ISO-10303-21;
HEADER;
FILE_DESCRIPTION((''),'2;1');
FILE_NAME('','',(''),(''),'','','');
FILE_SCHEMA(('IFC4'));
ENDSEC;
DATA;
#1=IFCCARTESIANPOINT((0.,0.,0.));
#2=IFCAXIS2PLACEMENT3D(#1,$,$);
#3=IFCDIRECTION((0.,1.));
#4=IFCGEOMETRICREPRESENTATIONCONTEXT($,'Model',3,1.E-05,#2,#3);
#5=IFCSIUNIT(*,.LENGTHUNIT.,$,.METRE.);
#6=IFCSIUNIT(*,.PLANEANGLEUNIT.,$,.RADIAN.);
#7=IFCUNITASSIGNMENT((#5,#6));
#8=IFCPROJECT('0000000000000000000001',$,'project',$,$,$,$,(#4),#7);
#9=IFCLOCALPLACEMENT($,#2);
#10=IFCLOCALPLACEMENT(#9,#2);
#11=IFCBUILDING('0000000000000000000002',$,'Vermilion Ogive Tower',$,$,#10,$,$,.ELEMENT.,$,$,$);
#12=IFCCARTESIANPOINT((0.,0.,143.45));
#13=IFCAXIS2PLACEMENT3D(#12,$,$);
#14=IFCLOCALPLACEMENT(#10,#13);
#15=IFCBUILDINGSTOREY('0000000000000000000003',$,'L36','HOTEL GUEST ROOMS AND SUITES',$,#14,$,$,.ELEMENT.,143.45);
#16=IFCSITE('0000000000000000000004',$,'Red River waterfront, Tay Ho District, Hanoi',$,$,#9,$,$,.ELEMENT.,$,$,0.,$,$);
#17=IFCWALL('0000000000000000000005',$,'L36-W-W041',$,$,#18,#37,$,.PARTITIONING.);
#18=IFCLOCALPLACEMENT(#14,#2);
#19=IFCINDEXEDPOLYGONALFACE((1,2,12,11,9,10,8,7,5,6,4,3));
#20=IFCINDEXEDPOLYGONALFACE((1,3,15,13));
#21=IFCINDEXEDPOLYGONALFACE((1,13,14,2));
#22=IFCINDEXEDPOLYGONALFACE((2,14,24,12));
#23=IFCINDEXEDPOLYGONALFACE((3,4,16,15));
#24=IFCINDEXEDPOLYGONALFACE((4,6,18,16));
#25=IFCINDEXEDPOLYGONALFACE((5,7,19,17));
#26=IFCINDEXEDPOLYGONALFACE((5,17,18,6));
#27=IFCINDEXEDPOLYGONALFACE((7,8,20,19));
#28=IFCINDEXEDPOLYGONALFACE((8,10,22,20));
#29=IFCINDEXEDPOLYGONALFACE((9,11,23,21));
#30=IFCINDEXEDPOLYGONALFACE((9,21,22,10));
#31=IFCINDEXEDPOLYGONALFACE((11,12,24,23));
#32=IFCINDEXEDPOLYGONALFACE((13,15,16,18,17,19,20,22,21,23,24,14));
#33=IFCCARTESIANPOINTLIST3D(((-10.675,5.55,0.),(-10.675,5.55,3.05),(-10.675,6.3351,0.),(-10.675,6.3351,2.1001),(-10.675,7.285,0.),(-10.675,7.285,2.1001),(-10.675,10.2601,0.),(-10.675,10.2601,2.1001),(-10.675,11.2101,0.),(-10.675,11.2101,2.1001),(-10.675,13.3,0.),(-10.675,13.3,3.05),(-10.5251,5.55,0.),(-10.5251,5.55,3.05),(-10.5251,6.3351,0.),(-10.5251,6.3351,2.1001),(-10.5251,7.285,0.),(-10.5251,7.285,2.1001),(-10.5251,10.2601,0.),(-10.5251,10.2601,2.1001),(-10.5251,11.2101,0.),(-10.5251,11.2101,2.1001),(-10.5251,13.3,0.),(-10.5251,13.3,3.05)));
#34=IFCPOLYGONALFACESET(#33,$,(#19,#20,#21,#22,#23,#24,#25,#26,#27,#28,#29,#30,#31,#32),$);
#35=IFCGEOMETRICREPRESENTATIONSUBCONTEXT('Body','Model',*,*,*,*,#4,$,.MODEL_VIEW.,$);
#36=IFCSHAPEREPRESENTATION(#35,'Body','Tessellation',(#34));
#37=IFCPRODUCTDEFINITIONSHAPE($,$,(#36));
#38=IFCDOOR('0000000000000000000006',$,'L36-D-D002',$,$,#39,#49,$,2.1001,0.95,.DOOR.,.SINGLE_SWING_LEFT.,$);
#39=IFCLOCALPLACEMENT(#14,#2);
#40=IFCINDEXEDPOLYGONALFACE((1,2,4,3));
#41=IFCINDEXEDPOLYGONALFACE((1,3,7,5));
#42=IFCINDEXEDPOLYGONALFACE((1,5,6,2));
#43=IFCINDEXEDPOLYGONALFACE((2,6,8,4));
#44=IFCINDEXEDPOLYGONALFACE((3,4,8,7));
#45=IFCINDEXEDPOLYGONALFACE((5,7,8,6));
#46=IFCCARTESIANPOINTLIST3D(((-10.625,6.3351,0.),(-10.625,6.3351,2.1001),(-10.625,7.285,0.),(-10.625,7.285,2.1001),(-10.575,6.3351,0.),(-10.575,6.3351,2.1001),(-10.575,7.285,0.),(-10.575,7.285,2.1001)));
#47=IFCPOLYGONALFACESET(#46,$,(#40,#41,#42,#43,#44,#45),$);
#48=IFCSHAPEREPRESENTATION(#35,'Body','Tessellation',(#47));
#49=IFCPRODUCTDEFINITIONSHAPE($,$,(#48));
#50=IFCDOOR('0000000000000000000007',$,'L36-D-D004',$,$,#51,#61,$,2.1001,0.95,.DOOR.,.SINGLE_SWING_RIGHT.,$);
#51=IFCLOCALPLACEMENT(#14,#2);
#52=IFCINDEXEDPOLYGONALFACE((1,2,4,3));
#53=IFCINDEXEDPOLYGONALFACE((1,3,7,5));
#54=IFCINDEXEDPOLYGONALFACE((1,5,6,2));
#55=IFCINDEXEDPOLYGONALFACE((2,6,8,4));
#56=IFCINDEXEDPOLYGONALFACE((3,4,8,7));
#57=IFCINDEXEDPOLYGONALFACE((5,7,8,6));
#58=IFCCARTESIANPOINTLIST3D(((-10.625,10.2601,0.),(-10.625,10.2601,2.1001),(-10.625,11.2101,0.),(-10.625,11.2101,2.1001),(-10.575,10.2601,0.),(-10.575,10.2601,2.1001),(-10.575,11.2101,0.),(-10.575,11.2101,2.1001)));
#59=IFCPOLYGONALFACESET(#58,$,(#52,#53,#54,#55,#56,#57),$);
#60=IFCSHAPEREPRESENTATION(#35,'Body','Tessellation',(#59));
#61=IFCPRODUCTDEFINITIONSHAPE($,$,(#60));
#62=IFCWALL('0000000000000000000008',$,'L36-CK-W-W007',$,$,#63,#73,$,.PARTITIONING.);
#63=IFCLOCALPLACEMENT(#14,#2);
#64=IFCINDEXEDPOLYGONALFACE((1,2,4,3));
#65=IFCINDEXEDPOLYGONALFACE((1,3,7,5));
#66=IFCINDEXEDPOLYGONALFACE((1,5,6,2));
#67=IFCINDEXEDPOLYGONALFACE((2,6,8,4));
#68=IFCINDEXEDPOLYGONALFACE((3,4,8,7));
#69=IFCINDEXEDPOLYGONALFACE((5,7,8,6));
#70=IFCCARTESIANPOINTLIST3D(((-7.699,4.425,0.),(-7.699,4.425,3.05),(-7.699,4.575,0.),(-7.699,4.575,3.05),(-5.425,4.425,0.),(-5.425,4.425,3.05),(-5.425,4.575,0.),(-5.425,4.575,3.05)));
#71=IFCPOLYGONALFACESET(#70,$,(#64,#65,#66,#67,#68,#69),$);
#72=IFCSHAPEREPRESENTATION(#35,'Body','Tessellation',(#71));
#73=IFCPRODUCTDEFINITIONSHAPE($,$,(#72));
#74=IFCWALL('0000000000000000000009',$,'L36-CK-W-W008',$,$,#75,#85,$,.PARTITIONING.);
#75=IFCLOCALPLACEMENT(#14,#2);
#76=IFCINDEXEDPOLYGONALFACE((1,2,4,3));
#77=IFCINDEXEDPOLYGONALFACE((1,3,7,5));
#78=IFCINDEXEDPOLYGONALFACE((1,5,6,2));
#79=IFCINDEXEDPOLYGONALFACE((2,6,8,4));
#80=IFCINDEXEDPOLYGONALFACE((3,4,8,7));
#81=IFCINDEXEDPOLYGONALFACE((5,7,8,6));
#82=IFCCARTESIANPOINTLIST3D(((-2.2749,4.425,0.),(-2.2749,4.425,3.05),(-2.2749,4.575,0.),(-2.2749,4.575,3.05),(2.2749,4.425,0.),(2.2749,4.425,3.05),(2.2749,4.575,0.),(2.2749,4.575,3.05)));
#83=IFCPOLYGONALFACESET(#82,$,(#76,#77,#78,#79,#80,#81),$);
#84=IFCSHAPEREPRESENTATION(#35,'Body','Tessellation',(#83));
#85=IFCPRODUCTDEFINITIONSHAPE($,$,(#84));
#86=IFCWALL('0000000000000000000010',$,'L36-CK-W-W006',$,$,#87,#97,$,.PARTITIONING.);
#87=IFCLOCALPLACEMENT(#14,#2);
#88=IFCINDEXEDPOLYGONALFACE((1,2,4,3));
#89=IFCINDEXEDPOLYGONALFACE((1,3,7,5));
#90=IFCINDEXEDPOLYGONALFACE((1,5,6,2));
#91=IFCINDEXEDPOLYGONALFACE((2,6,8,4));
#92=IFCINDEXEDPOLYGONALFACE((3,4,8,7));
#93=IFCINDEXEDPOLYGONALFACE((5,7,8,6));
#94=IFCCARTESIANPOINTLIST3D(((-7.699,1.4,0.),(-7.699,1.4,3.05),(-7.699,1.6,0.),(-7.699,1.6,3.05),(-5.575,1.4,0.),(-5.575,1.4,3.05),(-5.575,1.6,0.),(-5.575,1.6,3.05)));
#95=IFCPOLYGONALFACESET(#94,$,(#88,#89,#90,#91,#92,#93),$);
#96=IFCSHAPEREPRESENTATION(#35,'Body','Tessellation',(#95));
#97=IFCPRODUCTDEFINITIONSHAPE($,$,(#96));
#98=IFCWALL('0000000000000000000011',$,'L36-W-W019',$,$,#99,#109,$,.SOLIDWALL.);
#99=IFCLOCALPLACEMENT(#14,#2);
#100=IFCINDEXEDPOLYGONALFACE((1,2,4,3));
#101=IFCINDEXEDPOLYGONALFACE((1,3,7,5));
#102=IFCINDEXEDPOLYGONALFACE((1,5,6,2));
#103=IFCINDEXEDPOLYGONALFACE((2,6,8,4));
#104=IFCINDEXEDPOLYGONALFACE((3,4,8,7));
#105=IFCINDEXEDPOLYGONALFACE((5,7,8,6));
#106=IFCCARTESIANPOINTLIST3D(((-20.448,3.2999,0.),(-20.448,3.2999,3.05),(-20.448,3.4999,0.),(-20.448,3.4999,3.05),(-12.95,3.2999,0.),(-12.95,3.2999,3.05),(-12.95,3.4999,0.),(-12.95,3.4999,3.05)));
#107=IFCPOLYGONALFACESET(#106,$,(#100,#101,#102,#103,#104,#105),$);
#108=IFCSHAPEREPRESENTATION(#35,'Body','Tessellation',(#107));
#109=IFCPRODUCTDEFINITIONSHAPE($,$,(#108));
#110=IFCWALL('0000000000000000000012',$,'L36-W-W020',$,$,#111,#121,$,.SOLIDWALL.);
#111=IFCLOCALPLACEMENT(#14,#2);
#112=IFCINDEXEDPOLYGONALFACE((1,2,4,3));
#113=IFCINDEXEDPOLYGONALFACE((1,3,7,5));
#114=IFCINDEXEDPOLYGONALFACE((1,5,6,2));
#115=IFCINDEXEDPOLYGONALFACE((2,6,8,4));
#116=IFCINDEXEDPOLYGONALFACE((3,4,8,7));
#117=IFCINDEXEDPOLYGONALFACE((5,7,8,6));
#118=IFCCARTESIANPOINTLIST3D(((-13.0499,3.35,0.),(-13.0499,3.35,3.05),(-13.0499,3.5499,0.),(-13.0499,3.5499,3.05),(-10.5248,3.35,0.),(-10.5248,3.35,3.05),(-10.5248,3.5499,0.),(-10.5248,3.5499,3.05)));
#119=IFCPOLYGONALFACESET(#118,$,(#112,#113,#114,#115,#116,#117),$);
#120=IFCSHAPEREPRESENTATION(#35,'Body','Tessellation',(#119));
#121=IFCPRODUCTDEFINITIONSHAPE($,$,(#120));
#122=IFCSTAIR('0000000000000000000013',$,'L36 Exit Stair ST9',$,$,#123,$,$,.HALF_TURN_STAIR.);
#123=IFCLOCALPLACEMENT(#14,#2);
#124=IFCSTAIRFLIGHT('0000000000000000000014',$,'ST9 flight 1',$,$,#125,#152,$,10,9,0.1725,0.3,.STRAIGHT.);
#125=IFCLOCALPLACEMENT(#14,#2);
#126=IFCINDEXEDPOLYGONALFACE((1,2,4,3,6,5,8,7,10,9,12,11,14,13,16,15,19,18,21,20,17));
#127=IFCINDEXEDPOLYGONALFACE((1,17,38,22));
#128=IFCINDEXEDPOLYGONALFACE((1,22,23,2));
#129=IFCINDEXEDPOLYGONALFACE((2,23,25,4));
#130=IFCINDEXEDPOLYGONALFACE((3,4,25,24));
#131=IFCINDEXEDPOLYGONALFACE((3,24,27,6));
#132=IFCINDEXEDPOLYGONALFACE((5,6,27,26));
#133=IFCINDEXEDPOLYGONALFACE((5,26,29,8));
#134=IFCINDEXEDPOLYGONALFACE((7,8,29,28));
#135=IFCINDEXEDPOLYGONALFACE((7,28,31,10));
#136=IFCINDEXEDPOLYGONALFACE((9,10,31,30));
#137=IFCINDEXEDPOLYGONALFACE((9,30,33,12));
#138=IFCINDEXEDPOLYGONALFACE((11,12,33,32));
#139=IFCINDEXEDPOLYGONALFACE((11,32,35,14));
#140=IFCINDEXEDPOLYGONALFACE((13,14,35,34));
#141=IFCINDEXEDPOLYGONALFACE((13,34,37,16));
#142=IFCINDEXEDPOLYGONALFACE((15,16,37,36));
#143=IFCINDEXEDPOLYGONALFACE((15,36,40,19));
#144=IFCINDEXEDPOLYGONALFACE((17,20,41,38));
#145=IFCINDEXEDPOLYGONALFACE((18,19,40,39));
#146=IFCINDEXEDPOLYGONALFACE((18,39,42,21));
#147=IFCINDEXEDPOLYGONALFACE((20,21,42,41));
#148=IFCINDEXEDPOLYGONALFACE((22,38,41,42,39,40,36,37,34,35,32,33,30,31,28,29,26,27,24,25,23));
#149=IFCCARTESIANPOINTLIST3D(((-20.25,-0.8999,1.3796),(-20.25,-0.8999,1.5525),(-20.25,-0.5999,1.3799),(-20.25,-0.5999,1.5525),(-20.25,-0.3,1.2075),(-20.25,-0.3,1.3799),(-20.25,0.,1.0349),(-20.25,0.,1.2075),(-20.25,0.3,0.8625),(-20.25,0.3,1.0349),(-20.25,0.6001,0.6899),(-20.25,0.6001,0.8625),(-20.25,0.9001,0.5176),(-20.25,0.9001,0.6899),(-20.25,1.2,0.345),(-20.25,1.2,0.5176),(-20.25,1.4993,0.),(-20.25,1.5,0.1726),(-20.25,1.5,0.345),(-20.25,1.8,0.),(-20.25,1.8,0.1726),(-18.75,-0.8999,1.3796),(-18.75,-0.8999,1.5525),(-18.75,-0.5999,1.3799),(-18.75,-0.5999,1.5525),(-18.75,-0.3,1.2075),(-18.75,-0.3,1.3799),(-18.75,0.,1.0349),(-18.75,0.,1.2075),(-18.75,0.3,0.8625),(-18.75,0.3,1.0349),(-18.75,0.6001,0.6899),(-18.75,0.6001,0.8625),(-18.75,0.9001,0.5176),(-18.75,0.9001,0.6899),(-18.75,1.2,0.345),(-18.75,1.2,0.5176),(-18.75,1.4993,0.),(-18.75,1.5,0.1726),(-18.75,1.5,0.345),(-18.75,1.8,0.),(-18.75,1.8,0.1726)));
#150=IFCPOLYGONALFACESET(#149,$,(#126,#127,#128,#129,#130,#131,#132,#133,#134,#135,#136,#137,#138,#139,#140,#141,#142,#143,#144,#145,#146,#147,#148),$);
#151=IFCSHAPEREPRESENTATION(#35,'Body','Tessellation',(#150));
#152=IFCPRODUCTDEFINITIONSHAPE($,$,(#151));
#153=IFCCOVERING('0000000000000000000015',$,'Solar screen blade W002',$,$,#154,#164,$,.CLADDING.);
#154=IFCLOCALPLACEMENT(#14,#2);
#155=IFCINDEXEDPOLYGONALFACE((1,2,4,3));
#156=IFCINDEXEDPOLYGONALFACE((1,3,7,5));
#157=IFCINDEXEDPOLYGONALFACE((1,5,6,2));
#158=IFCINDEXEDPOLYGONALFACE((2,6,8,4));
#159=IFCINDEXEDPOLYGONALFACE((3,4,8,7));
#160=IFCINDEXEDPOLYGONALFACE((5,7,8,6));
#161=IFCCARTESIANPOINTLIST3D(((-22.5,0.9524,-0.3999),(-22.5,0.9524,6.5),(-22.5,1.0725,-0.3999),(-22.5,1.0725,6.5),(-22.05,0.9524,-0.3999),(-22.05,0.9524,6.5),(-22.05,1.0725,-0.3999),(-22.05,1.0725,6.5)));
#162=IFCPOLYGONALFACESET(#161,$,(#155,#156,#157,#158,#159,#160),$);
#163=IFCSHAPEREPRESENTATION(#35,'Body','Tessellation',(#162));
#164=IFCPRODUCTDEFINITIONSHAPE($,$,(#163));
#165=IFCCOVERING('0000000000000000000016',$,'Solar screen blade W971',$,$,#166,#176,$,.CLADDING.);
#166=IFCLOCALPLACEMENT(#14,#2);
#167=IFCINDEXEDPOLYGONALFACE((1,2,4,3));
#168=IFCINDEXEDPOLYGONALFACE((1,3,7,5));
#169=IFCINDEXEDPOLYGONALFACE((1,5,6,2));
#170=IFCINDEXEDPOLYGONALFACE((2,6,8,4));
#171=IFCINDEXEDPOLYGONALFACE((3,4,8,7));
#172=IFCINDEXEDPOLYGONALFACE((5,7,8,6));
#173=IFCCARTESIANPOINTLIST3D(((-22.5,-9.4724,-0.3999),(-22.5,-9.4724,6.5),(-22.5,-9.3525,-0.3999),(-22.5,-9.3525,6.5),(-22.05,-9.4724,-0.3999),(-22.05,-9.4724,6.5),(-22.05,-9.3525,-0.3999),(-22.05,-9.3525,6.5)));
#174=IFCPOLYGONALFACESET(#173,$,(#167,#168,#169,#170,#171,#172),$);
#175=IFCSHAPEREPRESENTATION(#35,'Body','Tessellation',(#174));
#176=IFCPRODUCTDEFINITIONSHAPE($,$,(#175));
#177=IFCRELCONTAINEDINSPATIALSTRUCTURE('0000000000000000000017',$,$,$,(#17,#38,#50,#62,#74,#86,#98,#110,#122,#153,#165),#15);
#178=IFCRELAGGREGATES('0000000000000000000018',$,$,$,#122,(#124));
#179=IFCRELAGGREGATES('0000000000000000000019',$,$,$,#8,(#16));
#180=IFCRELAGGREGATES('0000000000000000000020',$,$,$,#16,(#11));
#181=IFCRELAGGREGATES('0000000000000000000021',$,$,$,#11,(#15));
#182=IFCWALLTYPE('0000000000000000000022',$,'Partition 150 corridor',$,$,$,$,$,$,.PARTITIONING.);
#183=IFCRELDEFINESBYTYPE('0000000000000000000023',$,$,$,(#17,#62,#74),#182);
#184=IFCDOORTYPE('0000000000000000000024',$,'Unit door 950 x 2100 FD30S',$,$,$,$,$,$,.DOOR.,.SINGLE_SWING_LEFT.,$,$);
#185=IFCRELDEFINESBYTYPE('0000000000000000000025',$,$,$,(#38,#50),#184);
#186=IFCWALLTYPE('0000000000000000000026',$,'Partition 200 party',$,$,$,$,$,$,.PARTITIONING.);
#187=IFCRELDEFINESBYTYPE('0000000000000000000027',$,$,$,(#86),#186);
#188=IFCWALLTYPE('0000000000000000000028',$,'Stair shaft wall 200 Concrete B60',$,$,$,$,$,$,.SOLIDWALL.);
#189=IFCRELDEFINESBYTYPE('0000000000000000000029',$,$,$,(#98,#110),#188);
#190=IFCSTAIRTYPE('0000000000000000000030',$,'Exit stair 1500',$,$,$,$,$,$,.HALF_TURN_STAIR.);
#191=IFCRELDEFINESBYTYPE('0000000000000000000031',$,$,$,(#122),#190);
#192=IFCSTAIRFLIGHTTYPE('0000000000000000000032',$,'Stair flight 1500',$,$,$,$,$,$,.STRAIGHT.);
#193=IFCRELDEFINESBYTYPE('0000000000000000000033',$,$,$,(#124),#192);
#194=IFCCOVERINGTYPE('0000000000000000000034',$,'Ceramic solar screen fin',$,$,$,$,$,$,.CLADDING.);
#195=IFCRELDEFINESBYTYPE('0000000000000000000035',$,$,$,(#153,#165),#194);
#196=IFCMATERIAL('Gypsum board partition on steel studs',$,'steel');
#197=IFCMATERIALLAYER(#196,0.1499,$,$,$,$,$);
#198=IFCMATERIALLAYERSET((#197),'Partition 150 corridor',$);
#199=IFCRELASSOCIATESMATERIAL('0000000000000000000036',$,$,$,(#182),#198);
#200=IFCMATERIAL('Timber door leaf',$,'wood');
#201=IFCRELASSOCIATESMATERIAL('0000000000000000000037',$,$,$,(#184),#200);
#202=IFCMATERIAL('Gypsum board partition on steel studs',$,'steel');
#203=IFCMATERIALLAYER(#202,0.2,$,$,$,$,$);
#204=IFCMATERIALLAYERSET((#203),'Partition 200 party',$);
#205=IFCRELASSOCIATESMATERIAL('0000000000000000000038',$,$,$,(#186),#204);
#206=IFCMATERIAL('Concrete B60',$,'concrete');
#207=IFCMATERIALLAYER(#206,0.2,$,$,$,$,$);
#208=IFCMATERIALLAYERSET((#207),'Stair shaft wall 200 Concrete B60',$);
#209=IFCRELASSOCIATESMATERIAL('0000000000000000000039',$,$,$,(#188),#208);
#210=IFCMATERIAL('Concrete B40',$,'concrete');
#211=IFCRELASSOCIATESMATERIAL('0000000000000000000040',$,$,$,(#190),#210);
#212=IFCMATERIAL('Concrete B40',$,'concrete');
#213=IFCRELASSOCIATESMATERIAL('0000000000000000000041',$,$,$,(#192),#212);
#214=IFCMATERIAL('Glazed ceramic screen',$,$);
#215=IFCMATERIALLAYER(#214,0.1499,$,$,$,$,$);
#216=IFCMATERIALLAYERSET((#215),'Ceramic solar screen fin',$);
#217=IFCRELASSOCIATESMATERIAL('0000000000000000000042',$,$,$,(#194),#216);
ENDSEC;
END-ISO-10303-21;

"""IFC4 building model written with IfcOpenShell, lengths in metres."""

from ifc_helpers import new_model, si_unit, direction, frame, frame_2d, origin, place, context, subcontext, project, spatial, polyline, rectangle, outline, extrude, material, layer, layer_set, type_object, element, fill, aggregate, save


model = new_model("IFC4")

# Units and contexts
model_context = context("Model", 3, precision=1e-05, world=origin(), true_north=direction((0.0, 1.0)))
body_context = subcontext(model_context, "Body", "Model", "MODEL_VIEW")
ifc_project = project(units=[si_unit("LENGTHUNIT", "METRE"), si_unit("PLANEANGLEUNIT", "RADIAN")], contexts=[model_context])

# Site, building, storey
site_placement = place(None, origin())
site = spatial("IfcSite", under=ifc_project, at=site_placement, Name="Red River waterfront, Tay Ho District, Hanoi", CompositionType="ELEMENT", RefElevation=0.0)
building_placement = place(site_placement, origin())
building = spatial("IfcBuilding", under=site, at=building_placement, Name="Vermilion Ogive Tower", CompositionType="ELEMENT")
storey_placement = place(building_placement, frame((0.0, 0.0, 143.45)))
storey = spatial("IfcBuildingStorey", under=building, at=storey_placement, Name="L36", Description="HOTEL GUEST ROOMS AND SUITES", CompositionType="ELEMENT", Elevation=143.45)

# Wall, openings, doors
ifc_material_1 = material(Name="Gypsum board partition on steel studs", Category="steel")
ifc_layer_1 = layer(ifc_material_1, 0.1499)
ifc_layer_set_1 = layer_set([ifc_layer_1], Name="Partition 150 corridor")
wall_type_1 = type_object("IfcWallType", Name="Partition 150 corridor", PredefinedType="PARTITIONING", material=ifc_layer_set_1)
wall_1_placement = place(storey_placement, frame((-10.6001, 5.55, 0.0), z_axis=(0.0, 0.0, 1.0), x_axis=(0.0, 1.0, 0.0)))
wall_1 = element("IfcWall", 1, at=wall_1_placement, inside=storey, type_object=wall_type_1, Name="L36-W-W041", PredefinedType="PARTITIONING", context=body_context, shape_type="SweptSolid", body=[
    extrude(rectangle(XDim=7.75, YDim=0.1499, at=frame_2d((3.875, 0.0))), origin(), (0.0, 0.0, 1.0), 3.05),
])
opening_1_placement = place(wall_1_placement, frame((0.7849, 0.0, 0.0)))
opening_1 = element("IfcOpeningElement", 2, at=opening_1_placement, cuts=wall_1, PredefinedType="OPENING", context=body_context, shape_type="SweptSolid", body=[
    extrude(rectangle(XDim=0.95, YDim=2.1001, at=frame_2d((0.4751, 1.05))), frame((0.0, 0.085, 0.0), z_axis=(0.0, -1.0, 0.0), x_axis=(1.0, 0.0, 0.0)), (0.0, 0.0, 1.0), 0.1699),
])
opening_2_placement = place(wall_1_placement, frame((4.71, 0.0, 0.0)))
opening_2 = element("IfcOpeningElement", 3, at=opening_2_placement, cuts=wall_1, PredefinedType="OPENING", context=body_context, shape_type="SweptSolid", body=[
    extrude(rectangle(XDim=0.95, YDim=2.1001, at=frame_2d((0.4751, 1.05))), frame((0.0, 0.085, 0.0), z_axis=(0.0, -1.0, 0.0), x_axis=(1.0, 0.0, 0.0)), (0.0, 0.0, 1.0), 0.1699),
])
ifc_material_2 = material(Name="Timber door leaf", Category="wood")
door_type_1 = type_object("IfcDoorType", Name="Unit door 950 x 2100 FD30S", OperationType="SINGLE_SWING_LEFT", PredefinedType="DOOR", material=ifc_material_2)
door_1_placement = place(opening_1_placement, origin())
door_1 = element("IfcDoor", 4, at=door_1_placement, inside=storey, type_object=door_type_1, Name="L36-D-D002", OperationType="SINGLE_SWING_LEFT", OverallHeight=2.1001, OverallWidth=0.95, PredefinedType="DOOR", context=body_context, shape_type="SweptSolid", body=[
    extrude(rectangle(XDim=0.95, YDim=2.1001, at=frame_2d((0.4751, 1.05))), frame((0.0, 0.0249, 0.0), z_axis=(0.0, -1.0, 0.0), x_axis=(1.0, 0.0, 0.0)), (0.0, 0.0, 1.0), 0.05),
])
fill(opening_1, door_1)
door_2_placement = place(opening_2_placement, origin())
door_2 = element("IfcDoor", 5, at=door_2_placement, inside=storey, type_object=door_type_1, Name="L36-D-D004", OperationType="SINGLE_SWING_RIGHT", OverallHeight=2.1001, OverallWidth=0.95, PredefinedType="DOOR", context=body_context, shape_type="SweptSolid", body=[
    extrude(rectangle(XDim=0.95, YDim=2.1001, at=frame_2d((0.4751, 1.05))), frame((0.0, 0.0249, 0.0), z_axis=(0.0, -1.0, 0.0), x_axis=(1.0, 0.0, 0.0)), (0.0, 0.0, 1.0), 0.05),
])
fill(opening_2, door_2)

# Walls
wall_2_placement = place(storey_placement, frame((-7.699, 4.5, 0.0), z_axis=(0.0, 0.0, 1.0), x_axis=(1.0, 0.0, 0.0)))
element("IfcWall", 6, at=wall_2_placement, inside=storey, type_object=wall_type_1, Name="L36-CK-W-W007", PredefinedType="PARTITIONING", context=body_context, shape_type="SweptSolid", body=[
    extrude(rectangle(XDim=2.2739, YDim=0.1499, at=frame_2d((1.137, 0.0))), origin(), (0.0, 0.0, 1.0), 3.05),
])
wall_3_placement = place(storey_placement, frame((-2.2749, 4.5, 0.0), z_axis=(0.0, 0.0, 1.0), x_axis=(1.0, 0.0, 0.0)))
element("IfcWall", 7, at=wall_3_placement, inside=storey, type_object=wall_type_1, Name="L36-CK-W-W008", PredefinedType="PARTITIONING", context=body_context, shape_type="SweptSolid", body=[
    extrude(rectangle(XDim=4.5498, YDim=0.1499, at=frame_2d((2.2749, 0.0))), origin(), (0.0, 0.0, 1.0), 3.05),
])
ifc_material_3 = material(Name="Gypsum board partition on steel studs", Category="steel")
ifc_layer_2 = layer(ifc_material_3, 0.2)
ifc_layer_set_2 = layer_set([ifc_layer_2], Name="Partition 200 party")
wall_type_2 = type_object("IfcWallType", Name="Partition 200 party", PredefinedType="PARTITIONING", material=ifc_layer_set_2)
wall_4_placement = place(storey_placement, frame((-7.699, 1.5, 0.0), z_axis=(0.0, 0.0, 1.0), x_axis=(1.0, 0.0, 0.0)))
element("IfcWall", 8, at=wall_4_placement, inside=storey, type_object=wall_type_2, Name="L36-CK-W-W006", PredefinedType="PARTITIONING", context=body_context, shape_type="SweptSolid", body=[
    extrude(rectangle(XDim=2.124, YDim=0.2, at=frame_2d((1.062, 0.0))), origin(), (0.0, 0.0, 1.0), 3.05),
])
ifc_material_4 = material(Name="Concrete B60", Category="concrete")
ifc_layer_3 = layer(ifc_material_4, 0.2)
ifc_layer_set_3 = layer_set([ifc_layer_3], Name="Stair shaft wall 200 Concrete B60")
wall_type_3 = type_object("IfcWallType", Name="Stair shaft wall 200 Concrete B60", PredefinedType="SOLIDWALL", material=ifc_layer_set_3)
wall_5_placement = place(storey_placement, frame((-20.448, 3.3999, 0.0), z_axis=(0.0, 0.0, 1.0), x_axis=(1.0, 0.0, 0.0)))
element("IfcWall", 9, at=wall_5_placement, inside=storey, type_object=wall_type_3, Name="L36-W-W019", PredefinedType="SOLIDWALL", context=body_context, shape_type="SweptSolid", body=[
    extrude(rectangle(XDim=7.498, YDim=0.2, at=frame_2d((3.749, 0.0))), origin(), (0.0, 0.0, 1.0), 3.05),
])
wall_6_placement = place(storey_placement, frame((-13.05, 3.45, 0.0), z_axis=(0.0, 0.0, 1.0), x_axis=(1.0, 0.0, 0.0)))
element("IfcWall", 10, at=wall_6_placement, inside=storey, type_object=wall_type_3, Name="L36-W-W020", PredefinedType="SOLIDWALL", context=body_context, shape_type="SweptSolid", body=[
    extrude(rectangle(XDim=2.5251, YDim=0.2, at=frame_2d((1.2627, 0.0))), origin(), (0.0, 0.0, 1.0), 3.05),
])

# Stair, stair flight
ifc_material_5 = material(Name="Concrete B40", Category="concrete")
stair_type = type_object("IfcStairType", Name="Exit stair 1500", PredefinedType="HALF_TURN_STAIR", material=ifc_material_5)
stair_placement = place(storey_placement, origin())
stair = element("IfcStair", 11, at=stair_placement, inside=storey, type_object=stair_type, Name="L36 Exit Stair ST9", PredefinedType="HALF_TURN_STAIR")
ifc_material_6 = material(Name="Concrete B40", Category="concrete")
stair_flight_type = type_object("IfcStairFlightType", Name="Stair flight 1500", PredefinedType="STRAIGHT", material=ifc_material_6)
stair_flight_placement = place(storey_placement, frame((-19.5, 1.8, 0.0), z_axis=(0.0, 0.0, 1.0), x_axis=(0.0, -1.0, 0.0)))
stair_flight = element("IfcStairFlight", 12, at=stair_flight_placement, type_object=stair_flight_type, Name="ST9 flight 1", NumberOfRisers=10, NumberOfTreads=9, PredefinedType="STRAIGHT", RiserHeight=0.1725, TreadLength=0.3, context=body_context, shape_type="SweptSolid", body=[
    extrude(outline(polyline([(0.0, 0.0), (0.0, 0.1726), (0.3, 0.1726), (0.3, 0.345), (0.6001, 0.345), (0.6001, 0.5176), (0.8999, 0.5176), (0.8999, 0.6899), (1.2, 0.6899), (1.2, 0.8625), (1.5, 0.8625), (1.5, 1.0349), (1.8, 1.0349), (1.8, 1.2075), (2.1001, 1.2075), (2.1001, 1.3799), (2.3999, 1.3799), (2.3999, 1.5525), (2.7, 1.5525), (2.7, 1.7251), (2.7, 1.3796), (0.3008, 0.0), (0.0, 0.0)])), frame((0.0, 0.75, 0.0), z_axis=(0.0, -1.0, 0.0), x_axis=(1.0, 0.0, 0.0)), (0.0, 0.0, 1.0), 1.5),
])
aggregate(stair, [stair_flight])

# Coverings
ifc_material_7 = material(Name="Glazed ceramic screen")
ifc_layer_4 = layer(ifc_material_7, 0.1499)
ifc_layer_set_4 = layer_set([ifc_layer_4], Name="Ceramic solar screen fin")
covering_type = type_object("IfcCoveringType", Name="Ceramic solar screen fin", PredefinedType="CLADDING", material=ifc_layer_set_4)
covering_1_placement = place(storey_placement, frame((0.0, 0.0, -0.3999)))
element("IfcCovering", 13, at=covering_1_placement, inside=storey, type_object=covering_type, Name="Solar screen blade W002", PredefinedType="CLADDING", context=body_context, shape_type="SweptSolid", body=[
    extrude(outline(polyline([(-22.5, 1.0725), (-22.5, 0.9524), (-22.05, 0.9524), (-22.05, 1.0725), (-22.5, 1.0725)])), origin(), (0.0, 0.0, 1.0), 6.8999),
])
covering_2_placement = place(storey_placement, frame((0.0, 0.0, -0.3999)))
element("IfcCovering", 14, at=covering_2_placement, inside=storey, type_object=covering_type, Name="Solar screen blade W971", PredefinedType="CLADDING", context=body_context, shape_type="SweptSolid", body=[
    extrude(outline(polyline([(-22.5, -9.3525), (-22.5, -9.4724), (-22.05, -9.4724), (-22.05, -9.3525), (-22.5, -9.3525)])), origin(), (0.0, 0.0, 1.0), 6.8999),
])

save(model, "model.ifc")
